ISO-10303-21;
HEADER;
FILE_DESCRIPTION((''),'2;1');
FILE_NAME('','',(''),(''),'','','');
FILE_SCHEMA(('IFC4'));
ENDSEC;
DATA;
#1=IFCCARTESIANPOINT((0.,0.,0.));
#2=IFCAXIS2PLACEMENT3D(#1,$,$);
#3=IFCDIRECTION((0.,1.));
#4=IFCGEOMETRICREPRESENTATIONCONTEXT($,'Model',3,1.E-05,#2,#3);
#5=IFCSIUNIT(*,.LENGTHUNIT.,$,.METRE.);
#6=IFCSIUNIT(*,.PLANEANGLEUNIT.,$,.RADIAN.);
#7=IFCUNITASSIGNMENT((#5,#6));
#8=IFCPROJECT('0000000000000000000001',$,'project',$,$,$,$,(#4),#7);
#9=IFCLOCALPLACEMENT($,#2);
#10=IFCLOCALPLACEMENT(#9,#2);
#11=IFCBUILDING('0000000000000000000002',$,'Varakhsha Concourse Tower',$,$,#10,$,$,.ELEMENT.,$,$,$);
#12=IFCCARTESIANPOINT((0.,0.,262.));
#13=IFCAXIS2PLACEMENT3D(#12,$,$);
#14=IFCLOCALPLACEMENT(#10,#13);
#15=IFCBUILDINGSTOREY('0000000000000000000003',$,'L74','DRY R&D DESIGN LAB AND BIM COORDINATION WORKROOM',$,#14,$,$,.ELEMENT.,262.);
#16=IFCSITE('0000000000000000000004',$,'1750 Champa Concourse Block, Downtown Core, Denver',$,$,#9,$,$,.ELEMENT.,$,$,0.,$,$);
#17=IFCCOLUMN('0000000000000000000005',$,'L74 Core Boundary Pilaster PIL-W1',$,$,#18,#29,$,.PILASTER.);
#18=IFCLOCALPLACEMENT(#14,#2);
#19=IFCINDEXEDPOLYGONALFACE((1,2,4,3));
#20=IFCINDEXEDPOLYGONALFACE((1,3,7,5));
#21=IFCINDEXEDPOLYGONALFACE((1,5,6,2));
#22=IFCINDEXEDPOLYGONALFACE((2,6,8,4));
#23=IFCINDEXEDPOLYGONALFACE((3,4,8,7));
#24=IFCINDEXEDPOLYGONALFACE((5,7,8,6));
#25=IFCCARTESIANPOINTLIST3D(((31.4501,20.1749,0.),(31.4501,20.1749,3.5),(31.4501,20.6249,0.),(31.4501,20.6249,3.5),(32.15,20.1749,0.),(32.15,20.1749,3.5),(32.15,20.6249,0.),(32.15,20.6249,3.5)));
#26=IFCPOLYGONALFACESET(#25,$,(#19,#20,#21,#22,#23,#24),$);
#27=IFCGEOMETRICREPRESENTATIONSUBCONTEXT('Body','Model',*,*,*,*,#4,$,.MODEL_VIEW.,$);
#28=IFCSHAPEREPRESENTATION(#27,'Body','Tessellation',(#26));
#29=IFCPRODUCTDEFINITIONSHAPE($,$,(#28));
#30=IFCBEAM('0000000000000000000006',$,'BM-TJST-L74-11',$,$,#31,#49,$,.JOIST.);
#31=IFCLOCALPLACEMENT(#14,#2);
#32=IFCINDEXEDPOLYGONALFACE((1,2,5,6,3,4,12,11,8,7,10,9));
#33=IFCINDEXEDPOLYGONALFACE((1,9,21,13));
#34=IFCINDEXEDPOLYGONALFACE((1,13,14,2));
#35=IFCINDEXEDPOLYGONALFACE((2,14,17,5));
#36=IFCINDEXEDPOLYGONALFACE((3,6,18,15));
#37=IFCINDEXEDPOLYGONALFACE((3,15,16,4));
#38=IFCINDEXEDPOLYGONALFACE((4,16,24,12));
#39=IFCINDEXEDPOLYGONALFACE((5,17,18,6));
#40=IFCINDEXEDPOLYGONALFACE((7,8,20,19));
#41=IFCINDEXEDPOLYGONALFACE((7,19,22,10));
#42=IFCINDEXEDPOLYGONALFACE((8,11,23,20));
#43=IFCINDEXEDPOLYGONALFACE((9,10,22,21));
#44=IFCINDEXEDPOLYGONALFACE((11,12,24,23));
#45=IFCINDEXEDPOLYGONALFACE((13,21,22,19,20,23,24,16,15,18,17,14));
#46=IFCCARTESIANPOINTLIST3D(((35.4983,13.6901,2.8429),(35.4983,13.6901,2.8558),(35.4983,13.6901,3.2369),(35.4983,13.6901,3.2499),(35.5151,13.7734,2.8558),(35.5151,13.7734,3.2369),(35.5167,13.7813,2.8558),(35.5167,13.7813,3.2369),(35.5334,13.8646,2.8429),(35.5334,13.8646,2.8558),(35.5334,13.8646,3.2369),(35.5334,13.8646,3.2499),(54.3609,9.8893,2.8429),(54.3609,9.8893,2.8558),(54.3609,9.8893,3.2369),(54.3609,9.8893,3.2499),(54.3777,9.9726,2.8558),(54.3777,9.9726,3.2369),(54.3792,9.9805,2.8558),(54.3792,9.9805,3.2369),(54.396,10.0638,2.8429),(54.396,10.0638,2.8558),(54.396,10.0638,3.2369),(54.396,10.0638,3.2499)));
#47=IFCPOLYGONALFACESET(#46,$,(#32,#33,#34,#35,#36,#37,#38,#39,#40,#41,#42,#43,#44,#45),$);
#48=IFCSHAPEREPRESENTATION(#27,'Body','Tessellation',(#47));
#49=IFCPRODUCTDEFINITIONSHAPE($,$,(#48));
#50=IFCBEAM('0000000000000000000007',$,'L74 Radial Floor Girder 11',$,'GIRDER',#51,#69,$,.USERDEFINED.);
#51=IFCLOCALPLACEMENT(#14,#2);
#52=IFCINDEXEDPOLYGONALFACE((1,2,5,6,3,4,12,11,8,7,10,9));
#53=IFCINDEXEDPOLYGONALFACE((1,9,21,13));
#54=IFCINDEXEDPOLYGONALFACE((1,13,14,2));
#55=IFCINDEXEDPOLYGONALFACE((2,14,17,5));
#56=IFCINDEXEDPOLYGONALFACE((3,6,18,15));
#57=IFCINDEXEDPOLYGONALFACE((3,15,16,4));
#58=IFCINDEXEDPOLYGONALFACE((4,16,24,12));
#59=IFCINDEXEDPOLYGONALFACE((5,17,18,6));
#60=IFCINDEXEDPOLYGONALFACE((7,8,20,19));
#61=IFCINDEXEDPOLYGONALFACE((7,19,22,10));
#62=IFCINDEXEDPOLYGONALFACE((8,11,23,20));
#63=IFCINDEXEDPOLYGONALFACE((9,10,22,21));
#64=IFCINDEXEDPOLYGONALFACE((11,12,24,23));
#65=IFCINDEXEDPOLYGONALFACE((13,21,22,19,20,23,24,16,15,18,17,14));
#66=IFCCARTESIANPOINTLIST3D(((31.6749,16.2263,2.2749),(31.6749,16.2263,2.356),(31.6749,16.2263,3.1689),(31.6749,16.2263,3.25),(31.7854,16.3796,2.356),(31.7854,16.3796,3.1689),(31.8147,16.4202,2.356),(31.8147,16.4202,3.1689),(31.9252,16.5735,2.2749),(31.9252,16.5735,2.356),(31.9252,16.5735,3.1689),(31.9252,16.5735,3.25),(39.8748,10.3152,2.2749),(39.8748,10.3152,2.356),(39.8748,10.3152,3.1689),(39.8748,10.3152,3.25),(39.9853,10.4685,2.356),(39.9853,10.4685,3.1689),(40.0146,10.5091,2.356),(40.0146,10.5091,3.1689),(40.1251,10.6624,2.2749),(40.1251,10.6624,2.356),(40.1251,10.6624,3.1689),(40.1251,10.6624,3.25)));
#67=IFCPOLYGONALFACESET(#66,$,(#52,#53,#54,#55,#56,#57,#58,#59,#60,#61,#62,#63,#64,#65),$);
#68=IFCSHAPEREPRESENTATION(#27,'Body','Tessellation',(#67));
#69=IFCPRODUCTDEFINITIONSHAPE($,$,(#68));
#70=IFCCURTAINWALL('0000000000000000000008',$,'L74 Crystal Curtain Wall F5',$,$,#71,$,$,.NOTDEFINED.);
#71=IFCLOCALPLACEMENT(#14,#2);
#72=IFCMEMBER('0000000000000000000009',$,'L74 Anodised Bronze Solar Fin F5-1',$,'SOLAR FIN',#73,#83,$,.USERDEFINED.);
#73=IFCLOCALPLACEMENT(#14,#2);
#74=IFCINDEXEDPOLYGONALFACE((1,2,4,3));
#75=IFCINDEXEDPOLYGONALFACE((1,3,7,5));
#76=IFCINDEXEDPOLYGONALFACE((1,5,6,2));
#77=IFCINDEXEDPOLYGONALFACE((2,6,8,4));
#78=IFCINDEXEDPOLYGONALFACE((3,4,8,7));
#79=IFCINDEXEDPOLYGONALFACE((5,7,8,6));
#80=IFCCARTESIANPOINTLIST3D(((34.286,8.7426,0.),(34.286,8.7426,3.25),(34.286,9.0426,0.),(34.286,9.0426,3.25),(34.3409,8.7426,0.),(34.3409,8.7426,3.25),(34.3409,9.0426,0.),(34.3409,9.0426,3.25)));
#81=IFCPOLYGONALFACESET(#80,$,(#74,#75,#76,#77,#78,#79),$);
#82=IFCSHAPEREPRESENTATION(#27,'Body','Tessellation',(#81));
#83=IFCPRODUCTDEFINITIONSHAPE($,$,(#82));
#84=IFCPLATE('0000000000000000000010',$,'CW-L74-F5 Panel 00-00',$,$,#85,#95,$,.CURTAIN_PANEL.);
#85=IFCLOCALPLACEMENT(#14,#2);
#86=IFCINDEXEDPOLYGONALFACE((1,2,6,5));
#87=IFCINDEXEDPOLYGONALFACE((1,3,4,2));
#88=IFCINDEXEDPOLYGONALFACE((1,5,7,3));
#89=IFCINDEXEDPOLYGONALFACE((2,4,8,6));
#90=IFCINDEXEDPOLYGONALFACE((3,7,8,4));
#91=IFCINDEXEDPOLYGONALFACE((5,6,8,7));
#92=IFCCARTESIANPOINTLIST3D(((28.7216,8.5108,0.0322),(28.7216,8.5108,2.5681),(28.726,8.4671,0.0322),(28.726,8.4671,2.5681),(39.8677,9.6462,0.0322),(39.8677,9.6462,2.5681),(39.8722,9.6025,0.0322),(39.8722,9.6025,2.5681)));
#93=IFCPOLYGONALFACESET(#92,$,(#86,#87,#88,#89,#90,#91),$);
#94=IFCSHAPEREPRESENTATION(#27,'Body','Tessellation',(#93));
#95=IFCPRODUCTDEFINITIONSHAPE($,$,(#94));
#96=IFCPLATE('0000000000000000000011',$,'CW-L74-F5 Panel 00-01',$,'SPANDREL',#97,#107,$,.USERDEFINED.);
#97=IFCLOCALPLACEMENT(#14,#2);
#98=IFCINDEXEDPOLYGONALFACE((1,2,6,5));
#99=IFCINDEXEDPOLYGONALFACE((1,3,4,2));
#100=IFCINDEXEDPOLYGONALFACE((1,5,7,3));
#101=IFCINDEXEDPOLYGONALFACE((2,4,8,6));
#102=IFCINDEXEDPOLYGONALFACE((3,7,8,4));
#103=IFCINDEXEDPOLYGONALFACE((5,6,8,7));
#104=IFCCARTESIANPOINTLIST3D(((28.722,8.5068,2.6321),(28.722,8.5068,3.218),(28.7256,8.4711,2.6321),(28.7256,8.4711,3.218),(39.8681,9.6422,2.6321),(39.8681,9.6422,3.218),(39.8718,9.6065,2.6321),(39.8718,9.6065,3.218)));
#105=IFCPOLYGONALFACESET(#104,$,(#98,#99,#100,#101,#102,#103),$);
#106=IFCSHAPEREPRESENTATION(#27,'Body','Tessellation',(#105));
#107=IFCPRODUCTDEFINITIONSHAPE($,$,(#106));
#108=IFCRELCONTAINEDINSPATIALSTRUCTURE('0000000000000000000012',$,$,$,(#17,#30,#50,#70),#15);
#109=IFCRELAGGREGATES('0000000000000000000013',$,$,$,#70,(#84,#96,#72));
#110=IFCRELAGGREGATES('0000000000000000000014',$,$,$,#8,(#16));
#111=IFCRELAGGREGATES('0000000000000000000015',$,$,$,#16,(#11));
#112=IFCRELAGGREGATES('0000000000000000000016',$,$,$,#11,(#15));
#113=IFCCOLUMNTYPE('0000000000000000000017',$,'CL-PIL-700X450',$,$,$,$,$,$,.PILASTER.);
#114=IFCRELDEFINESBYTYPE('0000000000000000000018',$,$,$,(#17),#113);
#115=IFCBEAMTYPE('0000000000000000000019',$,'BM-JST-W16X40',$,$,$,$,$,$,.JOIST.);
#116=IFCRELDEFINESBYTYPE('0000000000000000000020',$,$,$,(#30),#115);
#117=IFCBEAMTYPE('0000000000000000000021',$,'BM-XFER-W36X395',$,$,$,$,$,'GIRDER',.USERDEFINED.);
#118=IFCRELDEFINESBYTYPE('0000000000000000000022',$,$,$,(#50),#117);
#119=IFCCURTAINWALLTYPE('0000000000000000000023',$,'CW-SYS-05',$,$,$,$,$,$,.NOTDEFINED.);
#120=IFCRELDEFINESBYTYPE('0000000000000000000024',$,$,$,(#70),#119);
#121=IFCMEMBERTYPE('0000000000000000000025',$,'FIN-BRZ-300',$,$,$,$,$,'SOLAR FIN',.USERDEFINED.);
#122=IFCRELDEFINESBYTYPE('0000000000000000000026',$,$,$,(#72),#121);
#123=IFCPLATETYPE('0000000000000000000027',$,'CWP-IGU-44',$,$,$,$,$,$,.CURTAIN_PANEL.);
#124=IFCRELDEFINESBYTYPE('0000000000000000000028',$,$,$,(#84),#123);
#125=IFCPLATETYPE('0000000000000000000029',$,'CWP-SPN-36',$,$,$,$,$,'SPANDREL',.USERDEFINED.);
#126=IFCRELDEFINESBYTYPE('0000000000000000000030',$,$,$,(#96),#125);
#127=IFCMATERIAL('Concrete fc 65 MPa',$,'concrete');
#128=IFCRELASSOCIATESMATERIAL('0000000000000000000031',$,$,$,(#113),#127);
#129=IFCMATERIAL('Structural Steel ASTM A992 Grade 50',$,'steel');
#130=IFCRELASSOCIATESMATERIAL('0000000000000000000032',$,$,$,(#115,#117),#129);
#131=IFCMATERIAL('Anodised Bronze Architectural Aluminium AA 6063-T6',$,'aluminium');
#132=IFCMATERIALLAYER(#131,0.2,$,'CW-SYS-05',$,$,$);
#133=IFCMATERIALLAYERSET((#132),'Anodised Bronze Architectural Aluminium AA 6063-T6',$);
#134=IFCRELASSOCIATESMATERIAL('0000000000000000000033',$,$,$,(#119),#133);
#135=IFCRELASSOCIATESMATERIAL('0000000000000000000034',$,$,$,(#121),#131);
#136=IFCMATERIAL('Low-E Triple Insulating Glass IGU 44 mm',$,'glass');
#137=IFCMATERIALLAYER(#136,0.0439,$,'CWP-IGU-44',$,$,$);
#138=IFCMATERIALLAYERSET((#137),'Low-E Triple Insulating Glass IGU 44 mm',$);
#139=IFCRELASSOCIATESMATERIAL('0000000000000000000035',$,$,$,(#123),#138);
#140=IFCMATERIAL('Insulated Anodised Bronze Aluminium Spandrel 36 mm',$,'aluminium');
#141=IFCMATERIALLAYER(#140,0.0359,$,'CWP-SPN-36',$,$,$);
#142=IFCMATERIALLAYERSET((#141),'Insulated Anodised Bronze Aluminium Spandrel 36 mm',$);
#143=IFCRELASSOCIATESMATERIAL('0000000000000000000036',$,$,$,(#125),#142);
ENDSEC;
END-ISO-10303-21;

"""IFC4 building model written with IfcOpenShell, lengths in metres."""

from ifc_helpers import new_model, si_unit, direction, frame, origin, origin_2d, place, context, subcontext, project, spatial, rectangle, i_section, extrude, source, transform, mapped, material, layer, layer_set, material_profile, profile_set, type_object, type_shapes, element, aggregate, save


model = new_model("IFC4")

# Units and contexts
model_context = context("Model", 3, precision=1e-05, world=origin(), true_north=direction((0.0, 1.0)))
body_context = subcontext(model_context, "Body", "Model", "MODEL_VIEW")
ifc_project = project(units=[si_unit("LENGTHUNIT", "METRE"), si_unit("PLANEANGLEUNIT", "RADIAN")], contexts=[model_context])

# Site, building, storey
site_placement = place(None, origin())
site = spatial("IfcSite", under=ifc_project, at=site_placement, Name="1750 Champa Concourse Block, Downtown Core, Denver", CompositionType="ELEMENT", RefElevation=0.0)
building_placement = place(site_placement, origin())
building = spatial("IfcBuilding", under=site, at=building_placement, Name="Varakhsha Concourse Tower", CompositionType="ELEMENT")
storey_placement = place(building_placement, frame((0.0, 0.0, 262.0)))
storey = spatial("IfcBuildingStorey", under=building, at=storey_placement, Name="L74", Description="DRY R&D DESIGN LAB AND BIM COORDINATION WORKROOM", CompositionType="ELEMENT", Elevation=262.0)

# Column
ifc_material_1 = material(Name="Concrete fc 65 MPa", Category="concrete")
ifc_material_profile_1 = material_profile(ifc_material_1, rectangle(XDim=0.7, YDim=0.45, at=origin_2d()), Name="RC 700x450")
ifc_profile_set_1 = profile_set([ifc_material_profile_1], Name="Concrete fc 65 MPa")
column_type = type_object("IfcColumnType", Name="CL-PIL-700X450", PredefinedType="PILASTER", material=ifc_profile_set_1)
column_placement = place(storey_placement, frame((31.8, 20.3999, 0.0), z_axis=(0.0, 0.0, 1.0), x_axis=(1.0, 0.0, 0.0)))
element("IfcColumn", 1, at=column_placement, inside=storey, type_object=column_type, Name="L74 Core Boundary Pilaster PIL-W1", PredefinedType="PILASTER", context=body_context, shape_type="SweptSolid", body=[
    extrude(rectangle(XDim=0.7, YDim=0.45, at=origin_2d()), origin(), (0.0, 0.0, 1.0), 3.5),
])

# Beams
ifc_material_2 = material(Name="Structural Steel ASTM A992 Grade 50", Category="steel")
ifc_material_profile_2 = material_profile(ifc_material_2, i_section(OverallWidth=0.178, OverallDepth=0.407, WebThickness=0.0081, FlangeThickness=0.0129, at=origin_2d()), Name="W16X40")
ifc_profile_set_2 = profile_set([ifc_material_profile_2], Name="Structural Steel ASTM A992 Grade 50")
beam_type_1 = type_object("IfcBeamType", Name="BM-JST-W16X40", PredefinedType="JOIST", material=ifc_profile_set_2)
beam_1_placement = place(storey_placement, frame((35.5159, 13.7773, 3.0464), z_axis=(0.980297, -0.197529, 0.0), x_axis=(0.197529, 0.980297, 0.0)))
element("IfcBeam", 2, at=beam_1_placement, inside=storey, type_object=beam_type_1, Name="BM-TJST-L74-11", PredefinedType="JOIST", context=body_context, shape_type="SweptSolid", body=[
    extrude(i_section(OverallWidth=0.178, OverallDepth=0.407, WebThickness=0.0081, FlangeThickness=0.0129, at=origin_2d()), origin(), (0.0, 0.0, 1.0), 19.2417),
])
ifc_material_profile_3 = material_profile(ifc_material_2, i_section(OverallWidth=0.428, OverallDepth=0.9751, WebThickness=0.05, FlangeThickness=0.0811, at=origin_2d()), Name="W36X395")
ifc_profile_set_3 = profile_set([ifc_material_profile_3], Name="Structural Steel ASTM A992 Grade 50")
beam_type_2 = type_object("IfcBeamType", Name="BM-XFER-W36X395", ElementType="GIRDER", PredefinedType="USERDEFINED", material=ifc_profile_set_3)
beam_2_placement = place(storey_placement, frame((31.8, 16.3999, 2.7625), z_axis=(0.811198, -0.584772, 0.0), x_axis=(0.584772, 0.811198, 0.0)))
element("IfcBeam", 3, at=beam_2_placement, inside=storey, type_object=beam_type_2, Name="L74 Radial Floor Girder 11", ObjectType="GIRDER", PredefinedType="USERDEFINED", context=body_context, shape_type="SweptSolid", body=[
    extrude(i_section(OverallWidth=0.428, OverallDepth=0.9751, WebThickness=0.05, FlangeThickness=0.0811, at=origin_2d()), origin(), (0.0, 0.0, 1.0), 10.1084),
])

# Curtain wall, member, plates
ifc_material_3 = material(Name="Anodised Bronze Architectural Aluminium AA 6063-T6", Category="aluminium")
ifc_layer_1 = layer(ifc_material_3, 0.2, Name="CW-SYS-05")
ifc_layer_set_1 = layer_set([ifc_layer_1], Name="Anodised Bronze Architectural Aluminium AA 6063-T6")
curtain_wall_type = type_object("IfcCurtainWallType", Name="CW-SYS-05", PredefinedType="NOTDEFINED", material=ifc_layer_set_1)
curtain_wall_placement = place(storey_placement, origin())
curtain_wall = element("IfcCurtainWall", 4, at=curtain_wall_placement, inside=storey, type_object=curtain_wall_type, Name="L74 Crystal Curtain Wall F5", PredefinedType="NOTDEFINED")
ifc_material_profile_4 = material_profile(ifc_material_3, rectangle(XDim=0.0549, YDim=0.3, at=origin_2d()), Name="FIN-BRZ-300")
ifc_profile_set_4 = profile_set([ifc_material_profile_4], Name="Anodised Bronze Architectural Aluminium AA 6063-T6")
member_type = type_object("IfcMemberType", Name="FIN-BRZ-300", ElementType="SOLAR FIN", PredefinedType="USERDEFINED", material=ifc_profile_set_4)
shared_shape_1 = source(origin(), body_context, "Body", "SweptSolid", [
    extrude(rectangle(XDim=0.0549, YDim=0.3, at=origin_2d()), origin(), (0.0, 0.0, 1.0), 3.25),
])
type_shapes(member_type, [shared_shape_1])
member_placement = place(storey_placement, frame((34.3135, 8.8926, 0.0), z_axis=(0.0, 0.0, 1.0), x_axis=(1.0, 0.0, 0.0)))
member = element("IfcMember", 5, at=member_placement, type_object=member_type, Name="L74 Anodised Bronze Solar Fin F5-1", ObjectType="SOLAR FIN", PredefinedType="USERDEFINED", context=body_context, shape_type="MappedRepresentation", body=[
    mapped(shared_shape_1, transform((0.0, 0.0, 0.0), scale=1.0)),
])
ifc_material_4 = material(Name="Low-E Triple Insulating Glass IGU 44 mm", Category="glass")
ifc_layer_2 = layer(ifc_material_4, 0.0439, Name="CWP-IGU-44")
ifc_layer_set_2 = layer_set([ifc_layer_2], Name="Low-E Triple Insulating Glass IGU 44 mm")
plate_type_1 = type_object("IfcPlateType", Name="CWP-IGU-44", PredefinedType="CURTAIN_PANEL", material=ifc_layer_set_2)
shared_shape_2 = source(origin(), body_context, "Body", "SweptSolid", [
    extrude(rectangle(XDim=11.2039, YDim=0.0439, at=origin_2d()), origin(), (0.0, 0.0, 1.0), 2.5359),
])
type_shapes(plate_type_1, [shared_shape_2])
plate_1_placement = place(storey_placement, frame((34.2969, 9.0566, 0.0322), z_axis=(0.0, 0.0, 1.0), x_axis=(-0.994852, -0.101336, 0.0)))
plate_1 = element("IfcPlate", 6, at=plate_1_placement, type_object=plate_type_1, Name="CW-L74-F5 Panel 00-00", PredefinedType="CURTAIN_PANEL", context=body_context, shape_type="MappedRepresentation", body=[
    mapped(shared_shape_2, transform((0.0, 0.0, 0.0), scale=1.0)),
])
ifc_material_5 = material(Name="Insulated Anodised Bronze Aluminium Spandrel 36 mm", Category="aluminium")
ifc_layer_3 = layer(ifc_material_5, 0.0359, Name="CWP-SPN-36")
ifc_layer_set_3 = layer_set([ifc_layer_3], Name="Insulated Anodised Bronze Aluminium Spandrel 36 mm")
plate_type_2 = type_object("IfcPlateType", Name="CWP-SPN-36", ElementType="SPANDREL", PredefinedType="USERDEFINED", material=ifc_layer_set_3)
shared_shape_3 = source(origin(), body_context, "Body", "SweptSolid", [
    extrude(rectangle(XDim=11.2039, YDim=0.0359, at=origin_2d()), origin(), (0.0, 0.0, 1.0), 0.5859),
])
type_shapes(plate_type_2, [shared_shape_3])
plate_2_placement = place(storey_placement, frame((34.2969, 9.0566, 2.6321), z_axis=(0.0, 0.0, 1.0), x_axis=(-0.994852, -0.101336, 0.0)))
plate_2 = element("IfcPlate", 7, at=plate_2_placement, type_object=plate_type_2, Name="CW-L74-F5 Panel 00-01", ObjectType="SPANDREL", PredefinedType="USERDEFINED", context=body_context, shape_type="MappedRepresentation", body=[
    mapped(shared_shape_3, transform((0.0, 0.0, 0.0), scale=1.0)),
])
aggregate(curtain_wall, [plate_1, plate_2, member])

save(model, "model.ifc")
